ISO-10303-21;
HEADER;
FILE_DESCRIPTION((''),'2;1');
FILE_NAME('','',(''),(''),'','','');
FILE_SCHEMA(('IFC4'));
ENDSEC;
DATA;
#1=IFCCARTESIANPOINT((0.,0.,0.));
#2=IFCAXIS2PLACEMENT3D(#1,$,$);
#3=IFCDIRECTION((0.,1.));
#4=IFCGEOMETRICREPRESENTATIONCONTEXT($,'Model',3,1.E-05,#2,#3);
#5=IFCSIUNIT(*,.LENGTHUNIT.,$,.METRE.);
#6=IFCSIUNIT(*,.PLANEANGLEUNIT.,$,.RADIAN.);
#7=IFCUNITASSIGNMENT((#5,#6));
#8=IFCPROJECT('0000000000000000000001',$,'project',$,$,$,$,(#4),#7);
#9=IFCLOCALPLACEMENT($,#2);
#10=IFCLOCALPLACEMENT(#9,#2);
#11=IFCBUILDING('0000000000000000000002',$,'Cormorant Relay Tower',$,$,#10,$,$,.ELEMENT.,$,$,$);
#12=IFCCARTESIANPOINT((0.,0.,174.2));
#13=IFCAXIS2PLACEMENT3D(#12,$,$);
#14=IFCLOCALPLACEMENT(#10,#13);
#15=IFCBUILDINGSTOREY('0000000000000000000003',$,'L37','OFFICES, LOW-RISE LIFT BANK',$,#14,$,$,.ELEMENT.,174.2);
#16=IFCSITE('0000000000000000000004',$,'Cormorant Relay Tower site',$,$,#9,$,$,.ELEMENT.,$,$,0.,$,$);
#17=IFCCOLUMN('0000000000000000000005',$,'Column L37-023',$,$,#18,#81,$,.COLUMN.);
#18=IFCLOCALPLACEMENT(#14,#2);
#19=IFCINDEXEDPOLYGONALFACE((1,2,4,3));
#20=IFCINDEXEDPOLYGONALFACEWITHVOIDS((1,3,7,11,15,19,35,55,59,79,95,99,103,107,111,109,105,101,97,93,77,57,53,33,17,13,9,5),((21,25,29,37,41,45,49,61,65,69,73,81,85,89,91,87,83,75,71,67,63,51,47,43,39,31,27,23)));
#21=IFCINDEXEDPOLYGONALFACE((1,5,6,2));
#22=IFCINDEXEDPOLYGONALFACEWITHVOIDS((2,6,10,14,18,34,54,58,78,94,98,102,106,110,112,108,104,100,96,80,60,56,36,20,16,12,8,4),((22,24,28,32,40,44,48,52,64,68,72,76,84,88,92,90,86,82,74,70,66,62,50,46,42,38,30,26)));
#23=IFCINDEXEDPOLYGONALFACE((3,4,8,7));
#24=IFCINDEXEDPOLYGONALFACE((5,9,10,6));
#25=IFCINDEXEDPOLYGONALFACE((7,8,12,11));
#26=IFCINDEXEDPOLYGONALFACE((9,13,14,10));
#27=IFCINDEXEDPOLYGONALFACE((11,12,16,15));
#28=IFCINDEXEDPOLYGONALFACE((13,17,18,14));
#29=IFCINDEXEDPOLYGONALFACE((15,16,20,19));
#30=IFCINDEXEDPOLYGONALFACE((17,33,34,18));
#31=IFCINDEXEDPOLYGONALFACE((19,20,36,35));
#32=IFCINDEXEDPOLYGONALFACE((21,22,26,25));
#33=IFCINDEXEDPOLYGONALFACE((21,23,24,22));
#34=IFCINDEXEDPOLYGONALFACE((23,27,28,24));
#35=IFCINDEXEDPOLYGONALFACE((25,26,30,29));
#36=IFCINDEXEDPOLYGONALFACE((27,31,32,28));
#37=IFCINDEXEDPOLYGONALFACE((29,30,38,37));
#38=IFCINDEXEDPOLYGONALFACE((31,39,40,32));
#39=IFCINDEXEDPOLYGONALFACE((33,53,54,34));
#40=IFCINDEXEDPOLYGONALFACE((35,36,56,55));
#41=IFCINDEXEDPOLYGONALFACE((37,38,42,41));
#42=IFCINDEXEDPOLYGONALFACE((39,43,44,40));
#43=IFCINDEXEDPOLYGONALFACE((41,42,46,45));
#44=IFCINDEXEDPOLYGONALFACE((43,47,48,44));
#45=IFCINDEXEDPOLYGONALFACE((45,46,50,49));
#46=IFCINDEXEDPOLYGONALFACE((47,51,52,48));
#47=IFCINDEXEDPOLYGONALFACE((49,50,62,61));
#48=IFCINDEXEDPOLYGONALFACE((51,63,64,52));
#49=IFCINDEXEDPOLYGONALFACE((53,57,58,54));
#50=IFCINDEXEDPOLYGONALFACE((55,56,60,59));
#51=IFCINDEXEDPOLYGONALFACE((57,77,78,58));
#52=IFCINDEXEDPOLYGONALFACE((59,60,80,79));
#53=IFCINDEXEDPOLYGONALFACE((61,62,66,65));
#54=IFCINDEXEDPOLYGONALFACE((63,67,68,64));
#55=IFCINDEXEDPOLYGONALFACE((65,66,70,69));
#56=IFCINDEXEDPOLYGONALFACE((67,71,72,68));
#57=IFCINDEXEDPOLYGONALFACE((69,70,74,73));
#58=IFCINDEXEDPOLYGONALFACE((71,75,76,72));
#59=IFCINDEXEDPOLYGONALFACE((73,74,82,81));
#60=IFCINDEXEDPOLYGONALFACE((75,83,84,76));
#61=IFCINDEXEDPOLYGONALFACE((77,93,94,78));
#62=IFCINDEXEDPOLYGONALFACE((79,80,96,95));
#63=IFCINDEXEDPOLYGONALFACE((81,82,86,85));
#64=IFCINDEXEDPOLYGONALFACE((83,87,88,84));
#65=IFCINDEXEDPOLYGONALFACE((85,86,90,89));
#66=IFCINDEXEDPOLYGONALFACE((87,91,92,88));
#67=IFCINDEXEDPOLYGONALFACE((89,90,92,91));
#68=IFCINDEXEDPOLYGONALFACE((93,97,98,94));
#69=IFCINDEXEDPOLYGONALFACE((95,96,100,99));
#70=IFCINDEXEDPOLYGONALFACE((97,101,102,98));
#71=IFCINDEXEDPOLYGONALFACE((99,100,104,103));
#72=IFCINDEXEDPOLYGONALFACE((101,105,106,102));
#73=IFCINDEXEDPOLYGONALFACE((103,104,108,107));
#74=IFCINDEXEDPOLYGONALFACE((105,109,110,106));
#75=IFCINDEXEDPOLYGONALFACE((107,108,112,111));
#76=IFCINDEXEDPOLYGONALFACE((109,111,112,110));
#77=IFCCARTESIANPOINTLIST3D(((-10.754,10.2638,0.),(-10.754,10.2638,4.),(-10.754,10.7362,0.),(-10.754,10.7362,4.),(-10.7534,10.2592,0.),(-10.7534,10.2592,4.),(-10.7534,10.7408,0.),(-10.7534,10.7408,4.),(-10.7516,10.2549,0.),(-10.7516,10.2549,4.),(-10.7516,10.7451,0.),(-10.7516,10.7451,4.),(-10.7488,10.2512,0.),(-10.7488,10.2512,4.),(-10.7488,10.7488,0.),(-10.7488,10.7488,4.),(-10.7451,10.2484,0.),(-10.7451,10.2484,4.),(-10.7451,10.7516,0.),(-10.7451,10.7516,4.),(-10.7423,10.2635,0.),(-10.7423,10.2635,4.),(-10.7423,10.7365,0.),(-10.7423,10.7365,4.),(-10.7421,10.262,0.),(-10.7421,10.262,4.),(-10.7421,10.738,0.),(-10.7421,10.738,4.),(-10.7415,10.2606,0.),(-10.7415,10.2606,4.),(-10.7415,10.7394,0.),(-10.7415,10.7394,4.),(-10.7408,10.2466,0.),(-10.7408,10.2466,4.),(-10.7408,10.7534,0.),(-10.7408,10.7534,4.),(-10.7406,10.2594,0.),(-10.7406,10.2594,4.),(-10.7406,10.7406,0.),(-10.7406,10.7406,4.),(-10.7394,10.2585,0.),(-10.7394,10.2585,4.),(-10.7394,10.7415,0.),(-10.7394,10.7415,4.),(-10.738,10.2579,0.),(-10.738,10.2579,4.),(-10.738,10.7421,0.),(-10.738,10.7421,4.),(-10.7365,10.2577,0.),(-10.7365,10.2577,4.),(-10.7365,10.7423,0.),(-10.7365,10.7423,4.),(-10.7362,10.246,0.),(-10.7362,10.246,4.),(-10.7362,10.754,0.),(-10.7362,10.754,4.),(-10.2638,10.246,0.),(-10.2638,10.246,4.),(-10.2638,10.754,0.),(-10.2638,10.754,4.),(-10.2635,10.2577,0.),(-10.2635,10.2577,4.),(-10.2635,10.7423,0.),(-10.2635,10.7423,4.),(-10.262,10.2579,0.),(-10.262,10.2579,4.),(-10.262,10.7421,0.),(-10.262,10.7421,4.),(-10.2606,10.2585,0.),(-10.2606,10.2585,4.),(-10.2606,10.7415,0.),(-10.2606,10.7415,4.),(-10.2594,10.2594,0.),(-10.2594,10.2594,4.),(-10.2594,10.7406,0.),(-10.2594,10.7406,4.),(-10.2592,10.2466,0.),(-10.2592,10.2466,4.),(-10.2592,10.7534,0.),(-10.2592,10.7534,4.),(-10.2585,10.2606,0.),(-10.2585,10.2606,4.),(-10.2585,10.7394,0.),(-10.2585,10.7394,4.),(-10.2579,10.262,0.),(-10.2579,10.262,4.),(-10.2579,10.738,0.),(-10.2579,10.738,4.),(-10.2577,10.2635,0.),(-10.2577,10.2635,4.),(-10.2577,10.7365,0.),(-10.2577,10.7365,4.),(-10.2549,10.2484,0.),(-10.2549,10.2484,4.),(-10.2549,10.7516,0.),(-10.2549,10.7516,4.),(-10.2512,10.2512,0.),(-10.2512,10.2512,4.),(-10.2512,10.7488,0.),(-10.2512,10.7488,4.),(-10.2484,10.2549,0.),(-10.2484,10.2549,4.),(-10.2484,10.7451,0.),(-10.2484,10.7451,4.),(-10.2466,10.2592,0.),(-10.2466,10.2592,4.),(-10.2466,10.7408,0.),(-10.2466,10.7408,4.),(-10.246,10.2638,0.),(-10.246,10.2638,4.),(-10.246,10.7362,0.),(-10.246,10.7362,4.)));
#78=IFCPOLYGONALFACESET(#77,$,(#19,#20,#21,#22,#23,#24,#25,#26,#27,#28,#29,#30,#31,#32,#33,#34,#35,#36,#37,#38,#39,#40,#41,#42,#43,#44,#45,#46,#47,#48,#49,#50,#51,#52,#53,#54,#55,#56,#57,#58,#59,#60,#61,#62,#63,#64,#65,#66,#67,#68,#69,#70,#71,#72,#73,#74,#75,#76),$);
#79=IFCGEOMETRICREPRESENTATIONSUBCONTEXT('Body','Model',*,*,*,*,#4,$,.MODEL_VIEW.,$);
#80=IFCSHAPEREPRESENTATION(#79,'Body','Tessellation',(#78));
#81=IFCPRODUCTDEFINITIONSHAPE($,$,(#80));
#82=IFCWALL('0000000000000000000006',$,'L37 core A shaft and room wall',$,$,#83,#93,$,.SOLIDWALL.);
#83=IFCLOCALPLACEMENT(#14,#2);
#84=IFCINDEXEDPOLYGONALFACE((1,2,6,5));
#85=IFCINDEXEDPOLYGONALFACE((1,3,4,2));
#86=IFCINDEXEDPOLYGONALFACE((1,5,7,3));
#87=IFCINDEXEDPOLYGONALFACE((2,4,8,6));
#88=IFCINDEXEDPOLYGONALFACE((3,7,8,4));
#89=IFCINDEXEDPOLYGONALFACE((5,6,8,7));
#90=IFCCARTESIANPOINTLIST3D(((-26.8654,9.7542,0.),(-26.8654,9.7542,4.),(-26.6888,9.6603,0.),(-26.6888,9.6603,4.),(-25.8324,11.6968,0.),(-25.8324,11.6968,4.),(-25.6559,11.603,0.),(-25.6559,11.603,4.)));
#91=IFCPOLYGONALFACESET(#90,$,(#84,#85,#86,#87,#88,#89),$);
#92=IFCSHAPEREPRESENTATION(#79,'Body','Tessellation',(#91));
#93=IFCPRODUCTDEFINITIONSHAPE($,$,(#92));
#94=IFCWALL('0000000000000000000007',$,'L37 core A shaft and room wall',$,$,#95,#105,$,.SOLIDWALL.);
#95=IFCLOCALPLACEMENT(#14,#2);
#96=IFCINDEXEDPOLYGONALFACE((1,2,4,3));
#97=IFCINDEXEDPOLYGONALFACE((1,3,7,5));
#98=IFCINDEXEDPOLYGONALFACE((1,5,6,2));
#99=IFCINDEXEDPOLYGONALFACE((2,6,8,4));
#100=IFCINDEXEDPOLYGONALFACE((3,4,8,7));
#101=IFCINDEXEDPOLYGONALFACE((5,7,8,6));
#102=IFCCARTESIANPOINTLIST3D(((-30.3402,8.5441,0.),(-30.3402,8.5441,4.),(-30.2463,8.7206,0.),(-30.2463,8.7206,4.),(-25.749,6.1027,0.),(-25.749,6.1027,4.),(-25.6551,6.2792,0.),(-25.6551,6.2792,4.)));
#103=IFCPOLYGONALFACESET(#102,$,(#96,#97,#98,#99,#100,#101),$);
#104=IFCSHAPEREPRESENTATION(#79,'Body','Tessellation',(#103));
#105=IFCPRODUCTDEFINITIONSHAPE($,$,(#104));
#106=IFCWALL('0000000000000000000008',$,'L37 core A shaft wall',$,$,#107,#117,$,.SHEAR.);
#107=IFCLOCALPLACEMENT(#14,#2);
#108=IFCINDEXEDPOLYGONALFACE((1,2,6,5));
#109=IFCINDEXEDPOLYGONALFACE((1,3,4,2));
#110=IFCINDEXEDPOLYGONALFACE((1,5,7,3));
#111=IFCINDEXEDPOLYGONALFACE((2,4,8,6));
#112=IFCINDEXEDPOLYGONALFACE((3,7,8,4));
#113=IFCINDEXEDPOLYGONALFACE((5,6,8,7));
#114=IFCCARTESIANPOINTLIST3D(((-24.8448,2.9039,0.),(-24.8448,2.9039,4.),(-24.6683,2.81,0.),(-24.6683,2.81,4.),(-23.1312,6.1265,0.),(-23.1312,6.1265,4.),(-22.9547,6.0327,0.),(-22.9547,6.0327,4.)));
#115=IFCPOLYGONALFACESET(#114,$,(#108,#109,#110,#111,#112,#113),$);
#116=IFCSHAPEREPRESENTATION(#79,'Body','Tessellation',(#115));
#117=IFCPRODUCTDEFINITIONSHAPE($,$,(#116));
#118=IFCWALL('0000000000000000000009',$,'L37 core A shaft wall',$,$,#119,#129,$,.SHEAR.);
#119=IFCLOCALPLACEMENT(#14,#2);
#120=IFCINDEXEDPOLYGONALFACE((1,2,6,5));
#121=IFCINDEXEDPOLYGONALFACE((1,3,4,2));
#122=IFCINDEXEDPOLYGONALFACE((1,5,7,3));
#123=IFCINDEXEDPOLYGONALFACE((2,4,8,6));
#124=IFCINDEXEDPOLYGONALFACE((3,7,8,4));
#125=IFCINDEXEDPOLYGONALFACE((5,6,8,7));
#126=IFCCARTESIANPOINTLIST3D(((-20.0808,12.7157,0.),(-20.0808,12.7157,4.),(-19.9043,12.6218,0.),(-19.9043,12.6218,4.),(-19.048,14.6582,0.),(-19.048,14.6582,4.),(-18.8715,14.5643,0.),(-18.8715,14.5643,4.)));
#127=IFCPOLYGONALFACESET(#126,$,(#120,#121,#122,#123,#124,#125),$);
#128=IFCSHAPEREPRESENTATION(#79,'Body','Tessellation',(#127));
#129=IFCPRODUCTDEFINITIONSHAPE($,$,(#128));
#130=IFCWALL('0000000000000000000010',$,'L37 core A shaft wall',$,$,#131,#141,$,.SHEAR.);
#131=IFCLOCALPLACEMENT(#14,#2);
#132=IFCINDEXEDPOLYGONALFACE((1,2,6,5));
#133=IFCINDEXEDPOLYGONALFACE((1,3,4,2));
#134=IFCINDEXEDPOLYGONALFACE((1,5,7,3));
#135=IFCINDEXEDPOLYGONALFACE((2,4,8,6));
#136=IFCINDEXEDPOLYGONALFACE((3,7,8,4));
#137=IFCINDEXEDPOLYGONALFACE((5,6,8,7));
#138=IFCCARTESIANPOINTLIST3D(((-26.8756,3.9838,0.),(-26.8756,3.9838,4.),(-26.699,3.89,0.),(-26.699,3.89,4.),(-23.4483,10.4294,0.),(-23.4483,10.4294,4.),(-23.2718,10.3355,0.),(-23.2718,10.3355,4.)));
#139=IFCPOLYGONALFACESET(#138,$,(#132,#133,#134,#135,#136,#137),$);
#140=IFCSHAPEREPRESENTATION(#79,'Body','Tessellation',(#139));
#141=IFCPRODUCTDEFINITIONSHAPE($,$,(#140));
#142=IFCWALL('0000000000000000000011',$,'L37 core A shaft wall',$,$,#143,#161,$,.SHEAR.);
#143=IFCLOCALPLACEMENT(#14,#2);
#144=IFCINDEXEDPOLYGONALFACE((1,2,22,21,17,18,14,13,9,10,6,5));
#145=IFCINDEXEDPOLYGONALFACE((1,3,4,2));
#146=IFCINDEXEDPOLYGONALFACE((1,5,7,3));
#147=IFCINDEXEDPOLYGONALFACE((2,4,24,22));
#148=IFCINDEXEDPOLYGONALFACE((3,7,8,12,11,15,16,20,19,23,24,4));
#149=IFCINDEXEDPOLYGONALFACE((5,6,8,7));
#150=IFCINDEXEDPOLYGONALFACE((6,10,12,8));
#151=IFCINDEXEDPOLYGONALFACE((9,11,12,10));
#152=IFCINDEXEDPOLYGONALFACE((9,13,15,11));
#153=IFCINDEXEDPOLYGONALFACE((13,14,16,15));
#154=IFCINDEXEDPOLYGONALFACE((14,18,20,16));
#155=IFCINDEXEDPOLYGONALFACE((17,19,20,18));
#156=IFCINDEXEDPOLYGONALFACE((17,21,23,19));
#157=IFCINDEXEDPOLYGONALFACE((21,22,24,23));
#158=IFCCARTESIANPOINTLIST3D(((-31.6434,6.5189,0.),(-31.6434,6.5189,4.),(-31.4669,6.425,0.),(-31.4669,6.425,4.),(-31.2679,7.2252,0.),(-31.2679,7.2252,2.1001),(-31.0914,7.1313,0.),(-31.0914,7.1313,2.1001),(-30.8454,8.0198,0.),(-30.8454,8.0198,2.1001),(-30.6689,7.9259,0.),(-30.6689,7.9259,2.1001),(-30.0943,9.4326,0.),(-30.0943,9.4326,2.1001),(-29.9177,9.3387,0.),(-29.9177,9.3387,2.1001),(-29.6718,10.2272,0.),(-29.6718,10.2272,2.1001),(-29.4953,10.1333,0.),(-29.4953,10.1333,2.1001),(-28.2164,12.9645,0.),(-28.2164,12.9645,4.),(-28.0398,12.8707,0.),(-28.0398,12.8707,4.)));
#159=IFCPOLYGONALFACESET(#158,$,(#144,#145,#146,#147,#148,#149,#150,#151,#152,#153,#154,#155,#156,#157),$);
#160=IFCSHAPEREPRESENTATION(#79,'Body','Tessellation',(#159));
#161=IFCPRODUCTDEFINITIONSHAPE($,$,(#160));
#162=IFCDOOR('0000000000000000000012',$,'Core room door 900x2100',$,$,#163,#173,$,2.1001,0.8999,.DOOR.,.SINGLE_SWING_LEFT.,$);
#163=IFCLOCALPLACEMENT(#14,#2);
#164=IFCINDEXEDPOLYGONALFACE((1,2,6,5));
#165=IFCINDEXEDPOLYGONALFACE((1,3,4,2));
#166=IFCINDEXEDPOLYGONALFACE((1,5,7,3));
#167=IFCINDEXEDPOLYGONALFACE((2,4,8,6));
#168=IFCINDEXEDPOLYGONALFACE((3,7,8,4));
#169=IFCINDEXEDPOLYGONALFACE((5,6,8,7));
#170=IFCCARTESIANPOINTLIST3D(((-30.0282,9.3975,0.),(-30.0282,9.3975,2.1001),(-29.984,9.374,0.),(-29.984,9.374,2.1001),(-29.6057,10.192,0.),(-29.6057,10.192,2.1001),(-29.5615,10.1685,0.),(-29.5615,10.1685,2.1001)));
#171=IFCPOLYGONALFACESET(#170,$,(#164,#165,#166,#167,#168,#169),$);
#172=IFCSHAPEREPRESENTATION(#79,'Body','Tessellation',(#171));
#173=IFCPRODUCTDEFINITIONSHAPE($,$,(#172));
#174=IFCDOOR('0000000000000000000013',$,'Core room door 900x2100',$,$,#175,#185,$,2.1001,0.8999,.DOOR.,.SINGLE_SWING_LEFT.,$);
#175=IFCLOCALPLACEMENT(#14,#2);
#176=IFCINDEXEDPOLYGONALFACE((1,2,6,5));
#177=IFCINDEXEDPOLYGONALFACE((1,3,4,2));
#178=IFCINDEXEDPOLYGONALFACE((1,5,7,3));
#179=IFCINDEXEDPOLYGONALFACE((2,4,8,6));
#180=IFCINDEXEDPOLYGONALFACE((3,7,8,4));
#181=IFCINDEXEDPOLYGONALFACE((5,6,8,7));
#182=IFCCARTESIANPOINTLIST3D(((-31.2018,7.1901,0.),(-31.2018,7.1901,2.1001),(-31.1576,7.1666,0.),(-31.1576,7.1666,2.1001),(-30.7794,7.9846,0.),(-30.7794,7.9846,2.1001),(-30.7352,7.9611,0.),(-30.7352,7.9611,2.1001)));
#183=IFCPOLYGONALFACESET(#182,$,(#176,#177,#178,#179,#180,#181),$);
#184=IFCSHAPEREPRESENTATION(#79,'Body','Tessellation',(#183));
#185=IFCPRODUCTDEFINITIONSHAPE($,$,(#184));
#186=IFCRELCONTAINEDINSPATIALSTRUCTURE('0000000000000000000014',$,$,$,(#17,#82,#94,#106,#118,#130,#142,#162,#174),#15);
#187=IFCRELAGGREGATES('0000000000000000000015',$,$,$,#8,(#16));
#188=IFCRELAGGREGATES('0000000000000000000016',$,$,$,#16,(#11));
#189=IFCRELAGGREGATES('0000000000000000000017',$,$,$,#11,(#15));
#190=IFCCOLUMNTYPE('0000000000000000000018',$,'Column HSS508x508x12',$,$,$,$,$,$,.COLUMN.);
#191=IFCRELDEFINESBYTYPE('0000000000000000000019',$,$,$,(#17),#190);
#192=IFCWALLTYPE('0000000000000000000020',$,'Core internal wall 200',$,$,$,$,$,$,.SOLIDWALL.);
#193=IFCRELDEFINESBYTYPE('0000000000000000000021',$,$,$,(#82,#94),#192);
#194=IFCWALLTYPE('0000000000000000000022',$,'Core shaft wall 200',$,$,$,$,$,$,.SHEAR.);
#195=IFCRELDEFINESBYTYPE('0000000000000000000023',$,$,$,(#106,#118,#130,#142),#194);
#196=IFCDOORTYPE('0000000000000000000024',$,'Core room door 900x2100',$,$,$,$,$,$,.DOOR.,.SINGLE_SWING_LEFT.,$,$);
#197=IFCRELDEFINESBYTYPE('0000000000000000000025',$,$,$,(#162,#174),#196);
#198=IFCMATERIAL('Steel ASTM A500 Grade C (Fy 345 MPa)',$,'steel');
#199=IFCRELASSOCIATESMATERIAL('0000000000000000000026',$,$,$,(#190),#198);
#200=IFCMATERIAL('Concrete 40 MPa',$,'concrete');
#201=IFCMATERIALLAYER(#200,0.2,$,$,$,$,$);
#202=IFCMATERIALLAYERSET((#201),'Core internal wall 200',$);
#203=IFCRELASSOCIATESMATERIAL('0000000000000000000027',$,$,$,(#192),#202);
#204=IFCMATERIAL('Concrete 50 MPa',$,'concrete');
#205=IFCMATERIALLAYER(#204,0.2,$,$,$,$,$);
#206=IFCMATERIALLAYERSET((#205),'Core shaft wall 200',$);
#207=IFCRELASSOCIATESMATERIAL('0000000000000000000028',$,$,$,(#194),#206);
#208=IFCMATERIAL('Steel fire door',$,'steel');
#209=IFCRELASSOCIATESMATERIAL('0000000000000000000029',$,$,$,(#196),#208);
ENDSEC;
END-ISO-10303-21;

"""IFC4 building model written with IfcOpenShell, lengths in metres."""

from ifc_helpers import new_model, si_unit, direction, frame, frame_2d, origin, origin_2d, place, context, subcontext, project, spatial, rectangle, hollow_rectangle, extrude, material, layer, layer_set, material_profile, profile_set, type_object, element, fill, save


model = new_model("IFC4")

# Units and contexts
model_context = context("Model", 3, precision=1e-05, world=origin(), true_north=direction((0.0, 1.0)))
body_context = subcontext(model_context, "Body", "Model", "MODEL_VIEW")
ifc_project = project(units=[si_unit("LENGTHUNIT", "METRE"), si_unit("PLANEANGLEUNIT", "RADIAN")], contexts=[model_context])

# Site, building, storey
site_placement = place(None, origin())
site = spatial("IfcSite", under=ifc_project, at=site_placement, Name="Cormorant Relay Tower site", CompositionType="ELEMENT", RefElevation=0.0)
building_placement = place(site_placement, origin())
building = spatial("IfcBuilding", under=site, at=building_placement, Name="Cormorant Relay Tower", CompositionType="ELEMENT")
storey_placement = place(building_placement, frame((0.0, 0.0, 174.2)))
storey = spatial("IfcBuildingStorey", under=building, at=storey_placement, Name="L37", Description="OFFICES, LOW-RISE LIFT BANK", CompositionType="ELEMENT", Elevation=174.2)

# Column
ifc_material_1 = material(Name="Steel ASTM A500 Grade C (Fy 345 MPa)", Category="steel")
ifc_material_profile = material_profile(ifc_material_1, hollow_rectangle(XDim=0.5081, YDim=0.5081, WallThickness=0.0117, InnerFilletRadius=0.0059, OuterFilletRadius=0.0178, at=origin_2d()), Name="HSS508x508x12")
ifc_profile_set = profile_set([ifc_material_profile], Name="Steel ASTM A500 Grade C (Fy 345 MPa)")
column_type = type_object("IfcColumnType", Name="Column HSS508x508x12", PredefinedType="COLUMN", material=ifc_profile_set)
column_placement = place(storey_placement, frame((-10.5, 10.5, 0.0), z_axis=(0.0, 0.0, 1.0), x_axis=(1.0, 0.0, 0.0)))
element("IfcColumn", 1, at=column_placement, inside=storey, type_object=column_type, Name="Column L37-023", PredefinedType="COLUMN", context=body_context, shape_type="SweptSolid", body=[
    extrude(hollow_rectangle(XDim=0.5081, YDim=0.5081, WallThickness=0.0117, InnerFilletRadius=0.0059, OuterFilletRadius=0.0178, at=origin_2d()), origin(), (0.0, 0.0, 1.0), 4.0),
])

# Walls
ifc_material_2 = material(Name="Concrete 40 MPa", Category="concrete")
ifc_layer_1 = layer(ifc_material_2, 0.2)
ifc_layer_set_1 = layer_set([ifc_layer_1], Name="Core internal wall 200")
wall_type_1 = type_object("IfcWallType", Name="Core internal wall 200", PredefinedType="SOLIDWALL", material=ifc_layer_set_1)
wall_1_placement = place(storey_placement, frame((-25.7441, 11.6499, 0.0), z_axis=(0.0, 0.0, 1.0), x_axis=(-0.469488, -0.882939, 0.0)))
element("IfcWall", 2, at=wall_1_placement, inside=storey, type_object=wall_type_1, Name="L37 core A shaft and room wall", PredefinedType="SOLIDWALL", context=body_context, shape_type="SweptSolid", body=[
    extrude(rectangle(XDim=2.2002, YDim=0.2, at=frame_2d((1.1001, 0.0))), origin(), (0.0, 0.0, 1.0), 4.0),
])
wall_2_placement = place(storey_placement, frame((-25.7019, 6.1909, 0.0), z_axis=(0.0, 0.0, 1.0), x_axis=(-0.882935, 0.469496, 0.0)))
element("IfcWall", 3, at=wall_2_placement, inside=storey, type_object=wall_type_1, Name="L37 core A shaft and room wall", PredefinedType="SOLIDWALL", context=body_context, shape_type="SweptSolid", body=[
    extrude(rectangle(XDim=5.2, YDim=0.2, at=frame_2d((2.6001, 0.0))), origin(), (0.0, 0.0, 1.0), 4.0),
])
ifc_material_3 = material(Name="Concrete 50 MPa", Category="concrete")
ifc_layer_2 = layer(ifc_material_3, 0.2)
ifc_layer_set_2 = layer_set([ifc_layer_2], Name="Core shaft wall 200")
wall_type_2 = type_object("IfcWallType", Name="Core shaft wall 200", PredefinedType="SHEAR", material=ifc_layer_set_2)
wall_3_placement = place(storey_placement, frame((-23.043, 6.0796, 0.0), z_axis=(0.0, 0.0, 1.0), x_axis=(-0.469494, -0.882936, 0.0)))
element("IfcWall", 4, at=wall_3_placement, inside=storey, type_object=wall_type_2, Name="L37 core A shaft wall", PredefinedType="SHEAR", context=body_context, shape_type="SweptSolid", body=[
    extrude(rectangle(XDim=3.6499, YDim=0.2, at=frame_2d((1.825, 0.0))), origin(), (0.0, 0.0, 1.0), 4.0),
])
wall_4_placement = place(storey_placement, frame((-18.9597, 14.6113, 0.0), z_axis=(0.0, 0.0, 1.0), x_axis=(-0.469447, -0.88296, 0.0)))
element("IfcWall", 5, at=wall_4_placement, inside=storey, type_object=wall_type_2, Name="L37 core A shaft wall", PredefinedType="SHEAR", context=body_context, shape_type="SweptSolid", body=[
    extrude(rectangle(XDim=2.2, YDim=0.2, at=frame_2d((1.1001, 0.0))), origin(), (0.0, 0.0, 1.0), 4.0),
])
wall_5_placement = place(storey_placement, frame((-23.3601, 10.3823, 0.0), z_axis=(0.0, 0.0, 1.0), x_axis=(-0.46948, -0.882943, 0.0)))
element("IfcWall", 6, at=wall_5_placement, inside=storey, type_object=wall_type_2, Name="L37 core A shaft wall", PredefinedType="SHEAR", context=body_context, shape_type="SweptSolid", body=[
    extrude(rectangle(XDim=7.3, YDim=0.2, at=frame_2d((3.6499, 0.0))), origin(), (0.0, 0.0, 1.0), 4.0),
])

# Wall, openings, doors
wall_6_placement = place(storey_placement, frame((-28.1282, 12.9175, 0.0), z_axis=(0.0, 0.0, 1.0), x_axis=(-0.469454, -0.882957, 0.0)))
wall_6 = element("IfcWall", 7, at=wall_6_placement, inside=storey, type_object=wall_type_2, Name="L37 core A shaft wall", PredefinedType="SHEAR", context=body_context, shape_type="SweptSolid", body=[
    extrude(rectangle(XDim=7.3, YDim=0.2, at=frame_2d((3.6499, 0.0))), origin(), (0.0, 0.0, 1.0), 4.0),
])
opening_1_placement = place(wall_6_placement, frame((3.1001, 0.0, 0.0)))
opening_1 = element("IfcOpeningElement", 8, at=opening_1_placement, cuts=wall_6, PredefinedType="OPENING", context=body_context, shape_type="SweptSolid", body=[
    extrude(rectangle(XDim=0.8999, YDim=2.1001, at=frame_2d((0.45, 1.05))), frame((0.0, 0.1099, 0.0), z_axis=(0.0, -1.0, 0.0), x_axis=(1.0, 0.0, 0.0)), (0.0, 0.0, 1.0), 0.22),
])
opening_2_placement = place(wall_6_placement, frame((5.6001, 0.0, 0.0)))
opening_2 = element("IfcOpeningElement", 9, at=opening_2_placement, cuts=wall_6, PredefinedType="OPENING", context=body_context, shape_type="SweptSolid", body=[
    extrude(rectangle(XDim=0.8999, YDim=2.1001, at=frame_2d((0.45, 1.05))), frame((0.0, 0.1099, 0.0), z_axis=(0.0, -1.0, 0.0), x_axis=(1.0, 0.0, 0.0)), (0.0, 0.0, 1.0), 0.22),
])
ifc_material_4 = material(Name="Steel fire door", Category="steel")
door_type_1 = type_object("IfcDoorType", Name="Core room door 900x2100", OperationType="SINGLE_SWING_LEFT", PredefinedType="DOOR", material=ifc_material_4)
door_1_placement = place(opening_1_placement, origin())
door_1 = element("IfcDoor", 10, at=door_1_placement, inside=storey, type_object=door_type_1, Name="Core room door 900x2100", OperationType="SINGLE_SWING_LEFT", OverallHeight=2.1001, OverallWidth=0.8999, PredefinedType="DOOR", context=body_context, shape_type="SweptSolid", body=[
    extrude(rectangle(XDim=0.8999, YDim=2.1001, at=frame_2d((0.45, 1.05))), frame((0.0, 0.0249, 0.0), z_axis=(0.0, -1.0, 0.0), x_axis=(1.0, 0.0, 0.0)), (0.0, 0.0, 1.0), 0.05),
])
fill(opening_1, door_1)
door_2_placement = place(opening_2_placement, origin())
door_2 = element("IfcDoor", 11, at=door_2_placement, inside=storey, type_object=door_type_1, Name="Core room door 900x2100", OperationType="SINGLE_SWING_LEFT", OverallHeight=2.1001, OverallWidth=0.8999, PredefinedType="DOOR", context=body_context, shape_type="SweptSolid", body=[
    extrude(rectangle(XDim=0.8999, YDim=2.1001, at=frame_2d((0.45, 1.05))), frame((0.0, 0.0249, 0.0), z_axis=(0.0, -1.0, 0.0), x_axis=(1.0, 0.0, 0.0)), (0.0, 0.0, 1.0), 0.05),
])
fill(opening_2, door_2)

save(model, "model.ifc")
